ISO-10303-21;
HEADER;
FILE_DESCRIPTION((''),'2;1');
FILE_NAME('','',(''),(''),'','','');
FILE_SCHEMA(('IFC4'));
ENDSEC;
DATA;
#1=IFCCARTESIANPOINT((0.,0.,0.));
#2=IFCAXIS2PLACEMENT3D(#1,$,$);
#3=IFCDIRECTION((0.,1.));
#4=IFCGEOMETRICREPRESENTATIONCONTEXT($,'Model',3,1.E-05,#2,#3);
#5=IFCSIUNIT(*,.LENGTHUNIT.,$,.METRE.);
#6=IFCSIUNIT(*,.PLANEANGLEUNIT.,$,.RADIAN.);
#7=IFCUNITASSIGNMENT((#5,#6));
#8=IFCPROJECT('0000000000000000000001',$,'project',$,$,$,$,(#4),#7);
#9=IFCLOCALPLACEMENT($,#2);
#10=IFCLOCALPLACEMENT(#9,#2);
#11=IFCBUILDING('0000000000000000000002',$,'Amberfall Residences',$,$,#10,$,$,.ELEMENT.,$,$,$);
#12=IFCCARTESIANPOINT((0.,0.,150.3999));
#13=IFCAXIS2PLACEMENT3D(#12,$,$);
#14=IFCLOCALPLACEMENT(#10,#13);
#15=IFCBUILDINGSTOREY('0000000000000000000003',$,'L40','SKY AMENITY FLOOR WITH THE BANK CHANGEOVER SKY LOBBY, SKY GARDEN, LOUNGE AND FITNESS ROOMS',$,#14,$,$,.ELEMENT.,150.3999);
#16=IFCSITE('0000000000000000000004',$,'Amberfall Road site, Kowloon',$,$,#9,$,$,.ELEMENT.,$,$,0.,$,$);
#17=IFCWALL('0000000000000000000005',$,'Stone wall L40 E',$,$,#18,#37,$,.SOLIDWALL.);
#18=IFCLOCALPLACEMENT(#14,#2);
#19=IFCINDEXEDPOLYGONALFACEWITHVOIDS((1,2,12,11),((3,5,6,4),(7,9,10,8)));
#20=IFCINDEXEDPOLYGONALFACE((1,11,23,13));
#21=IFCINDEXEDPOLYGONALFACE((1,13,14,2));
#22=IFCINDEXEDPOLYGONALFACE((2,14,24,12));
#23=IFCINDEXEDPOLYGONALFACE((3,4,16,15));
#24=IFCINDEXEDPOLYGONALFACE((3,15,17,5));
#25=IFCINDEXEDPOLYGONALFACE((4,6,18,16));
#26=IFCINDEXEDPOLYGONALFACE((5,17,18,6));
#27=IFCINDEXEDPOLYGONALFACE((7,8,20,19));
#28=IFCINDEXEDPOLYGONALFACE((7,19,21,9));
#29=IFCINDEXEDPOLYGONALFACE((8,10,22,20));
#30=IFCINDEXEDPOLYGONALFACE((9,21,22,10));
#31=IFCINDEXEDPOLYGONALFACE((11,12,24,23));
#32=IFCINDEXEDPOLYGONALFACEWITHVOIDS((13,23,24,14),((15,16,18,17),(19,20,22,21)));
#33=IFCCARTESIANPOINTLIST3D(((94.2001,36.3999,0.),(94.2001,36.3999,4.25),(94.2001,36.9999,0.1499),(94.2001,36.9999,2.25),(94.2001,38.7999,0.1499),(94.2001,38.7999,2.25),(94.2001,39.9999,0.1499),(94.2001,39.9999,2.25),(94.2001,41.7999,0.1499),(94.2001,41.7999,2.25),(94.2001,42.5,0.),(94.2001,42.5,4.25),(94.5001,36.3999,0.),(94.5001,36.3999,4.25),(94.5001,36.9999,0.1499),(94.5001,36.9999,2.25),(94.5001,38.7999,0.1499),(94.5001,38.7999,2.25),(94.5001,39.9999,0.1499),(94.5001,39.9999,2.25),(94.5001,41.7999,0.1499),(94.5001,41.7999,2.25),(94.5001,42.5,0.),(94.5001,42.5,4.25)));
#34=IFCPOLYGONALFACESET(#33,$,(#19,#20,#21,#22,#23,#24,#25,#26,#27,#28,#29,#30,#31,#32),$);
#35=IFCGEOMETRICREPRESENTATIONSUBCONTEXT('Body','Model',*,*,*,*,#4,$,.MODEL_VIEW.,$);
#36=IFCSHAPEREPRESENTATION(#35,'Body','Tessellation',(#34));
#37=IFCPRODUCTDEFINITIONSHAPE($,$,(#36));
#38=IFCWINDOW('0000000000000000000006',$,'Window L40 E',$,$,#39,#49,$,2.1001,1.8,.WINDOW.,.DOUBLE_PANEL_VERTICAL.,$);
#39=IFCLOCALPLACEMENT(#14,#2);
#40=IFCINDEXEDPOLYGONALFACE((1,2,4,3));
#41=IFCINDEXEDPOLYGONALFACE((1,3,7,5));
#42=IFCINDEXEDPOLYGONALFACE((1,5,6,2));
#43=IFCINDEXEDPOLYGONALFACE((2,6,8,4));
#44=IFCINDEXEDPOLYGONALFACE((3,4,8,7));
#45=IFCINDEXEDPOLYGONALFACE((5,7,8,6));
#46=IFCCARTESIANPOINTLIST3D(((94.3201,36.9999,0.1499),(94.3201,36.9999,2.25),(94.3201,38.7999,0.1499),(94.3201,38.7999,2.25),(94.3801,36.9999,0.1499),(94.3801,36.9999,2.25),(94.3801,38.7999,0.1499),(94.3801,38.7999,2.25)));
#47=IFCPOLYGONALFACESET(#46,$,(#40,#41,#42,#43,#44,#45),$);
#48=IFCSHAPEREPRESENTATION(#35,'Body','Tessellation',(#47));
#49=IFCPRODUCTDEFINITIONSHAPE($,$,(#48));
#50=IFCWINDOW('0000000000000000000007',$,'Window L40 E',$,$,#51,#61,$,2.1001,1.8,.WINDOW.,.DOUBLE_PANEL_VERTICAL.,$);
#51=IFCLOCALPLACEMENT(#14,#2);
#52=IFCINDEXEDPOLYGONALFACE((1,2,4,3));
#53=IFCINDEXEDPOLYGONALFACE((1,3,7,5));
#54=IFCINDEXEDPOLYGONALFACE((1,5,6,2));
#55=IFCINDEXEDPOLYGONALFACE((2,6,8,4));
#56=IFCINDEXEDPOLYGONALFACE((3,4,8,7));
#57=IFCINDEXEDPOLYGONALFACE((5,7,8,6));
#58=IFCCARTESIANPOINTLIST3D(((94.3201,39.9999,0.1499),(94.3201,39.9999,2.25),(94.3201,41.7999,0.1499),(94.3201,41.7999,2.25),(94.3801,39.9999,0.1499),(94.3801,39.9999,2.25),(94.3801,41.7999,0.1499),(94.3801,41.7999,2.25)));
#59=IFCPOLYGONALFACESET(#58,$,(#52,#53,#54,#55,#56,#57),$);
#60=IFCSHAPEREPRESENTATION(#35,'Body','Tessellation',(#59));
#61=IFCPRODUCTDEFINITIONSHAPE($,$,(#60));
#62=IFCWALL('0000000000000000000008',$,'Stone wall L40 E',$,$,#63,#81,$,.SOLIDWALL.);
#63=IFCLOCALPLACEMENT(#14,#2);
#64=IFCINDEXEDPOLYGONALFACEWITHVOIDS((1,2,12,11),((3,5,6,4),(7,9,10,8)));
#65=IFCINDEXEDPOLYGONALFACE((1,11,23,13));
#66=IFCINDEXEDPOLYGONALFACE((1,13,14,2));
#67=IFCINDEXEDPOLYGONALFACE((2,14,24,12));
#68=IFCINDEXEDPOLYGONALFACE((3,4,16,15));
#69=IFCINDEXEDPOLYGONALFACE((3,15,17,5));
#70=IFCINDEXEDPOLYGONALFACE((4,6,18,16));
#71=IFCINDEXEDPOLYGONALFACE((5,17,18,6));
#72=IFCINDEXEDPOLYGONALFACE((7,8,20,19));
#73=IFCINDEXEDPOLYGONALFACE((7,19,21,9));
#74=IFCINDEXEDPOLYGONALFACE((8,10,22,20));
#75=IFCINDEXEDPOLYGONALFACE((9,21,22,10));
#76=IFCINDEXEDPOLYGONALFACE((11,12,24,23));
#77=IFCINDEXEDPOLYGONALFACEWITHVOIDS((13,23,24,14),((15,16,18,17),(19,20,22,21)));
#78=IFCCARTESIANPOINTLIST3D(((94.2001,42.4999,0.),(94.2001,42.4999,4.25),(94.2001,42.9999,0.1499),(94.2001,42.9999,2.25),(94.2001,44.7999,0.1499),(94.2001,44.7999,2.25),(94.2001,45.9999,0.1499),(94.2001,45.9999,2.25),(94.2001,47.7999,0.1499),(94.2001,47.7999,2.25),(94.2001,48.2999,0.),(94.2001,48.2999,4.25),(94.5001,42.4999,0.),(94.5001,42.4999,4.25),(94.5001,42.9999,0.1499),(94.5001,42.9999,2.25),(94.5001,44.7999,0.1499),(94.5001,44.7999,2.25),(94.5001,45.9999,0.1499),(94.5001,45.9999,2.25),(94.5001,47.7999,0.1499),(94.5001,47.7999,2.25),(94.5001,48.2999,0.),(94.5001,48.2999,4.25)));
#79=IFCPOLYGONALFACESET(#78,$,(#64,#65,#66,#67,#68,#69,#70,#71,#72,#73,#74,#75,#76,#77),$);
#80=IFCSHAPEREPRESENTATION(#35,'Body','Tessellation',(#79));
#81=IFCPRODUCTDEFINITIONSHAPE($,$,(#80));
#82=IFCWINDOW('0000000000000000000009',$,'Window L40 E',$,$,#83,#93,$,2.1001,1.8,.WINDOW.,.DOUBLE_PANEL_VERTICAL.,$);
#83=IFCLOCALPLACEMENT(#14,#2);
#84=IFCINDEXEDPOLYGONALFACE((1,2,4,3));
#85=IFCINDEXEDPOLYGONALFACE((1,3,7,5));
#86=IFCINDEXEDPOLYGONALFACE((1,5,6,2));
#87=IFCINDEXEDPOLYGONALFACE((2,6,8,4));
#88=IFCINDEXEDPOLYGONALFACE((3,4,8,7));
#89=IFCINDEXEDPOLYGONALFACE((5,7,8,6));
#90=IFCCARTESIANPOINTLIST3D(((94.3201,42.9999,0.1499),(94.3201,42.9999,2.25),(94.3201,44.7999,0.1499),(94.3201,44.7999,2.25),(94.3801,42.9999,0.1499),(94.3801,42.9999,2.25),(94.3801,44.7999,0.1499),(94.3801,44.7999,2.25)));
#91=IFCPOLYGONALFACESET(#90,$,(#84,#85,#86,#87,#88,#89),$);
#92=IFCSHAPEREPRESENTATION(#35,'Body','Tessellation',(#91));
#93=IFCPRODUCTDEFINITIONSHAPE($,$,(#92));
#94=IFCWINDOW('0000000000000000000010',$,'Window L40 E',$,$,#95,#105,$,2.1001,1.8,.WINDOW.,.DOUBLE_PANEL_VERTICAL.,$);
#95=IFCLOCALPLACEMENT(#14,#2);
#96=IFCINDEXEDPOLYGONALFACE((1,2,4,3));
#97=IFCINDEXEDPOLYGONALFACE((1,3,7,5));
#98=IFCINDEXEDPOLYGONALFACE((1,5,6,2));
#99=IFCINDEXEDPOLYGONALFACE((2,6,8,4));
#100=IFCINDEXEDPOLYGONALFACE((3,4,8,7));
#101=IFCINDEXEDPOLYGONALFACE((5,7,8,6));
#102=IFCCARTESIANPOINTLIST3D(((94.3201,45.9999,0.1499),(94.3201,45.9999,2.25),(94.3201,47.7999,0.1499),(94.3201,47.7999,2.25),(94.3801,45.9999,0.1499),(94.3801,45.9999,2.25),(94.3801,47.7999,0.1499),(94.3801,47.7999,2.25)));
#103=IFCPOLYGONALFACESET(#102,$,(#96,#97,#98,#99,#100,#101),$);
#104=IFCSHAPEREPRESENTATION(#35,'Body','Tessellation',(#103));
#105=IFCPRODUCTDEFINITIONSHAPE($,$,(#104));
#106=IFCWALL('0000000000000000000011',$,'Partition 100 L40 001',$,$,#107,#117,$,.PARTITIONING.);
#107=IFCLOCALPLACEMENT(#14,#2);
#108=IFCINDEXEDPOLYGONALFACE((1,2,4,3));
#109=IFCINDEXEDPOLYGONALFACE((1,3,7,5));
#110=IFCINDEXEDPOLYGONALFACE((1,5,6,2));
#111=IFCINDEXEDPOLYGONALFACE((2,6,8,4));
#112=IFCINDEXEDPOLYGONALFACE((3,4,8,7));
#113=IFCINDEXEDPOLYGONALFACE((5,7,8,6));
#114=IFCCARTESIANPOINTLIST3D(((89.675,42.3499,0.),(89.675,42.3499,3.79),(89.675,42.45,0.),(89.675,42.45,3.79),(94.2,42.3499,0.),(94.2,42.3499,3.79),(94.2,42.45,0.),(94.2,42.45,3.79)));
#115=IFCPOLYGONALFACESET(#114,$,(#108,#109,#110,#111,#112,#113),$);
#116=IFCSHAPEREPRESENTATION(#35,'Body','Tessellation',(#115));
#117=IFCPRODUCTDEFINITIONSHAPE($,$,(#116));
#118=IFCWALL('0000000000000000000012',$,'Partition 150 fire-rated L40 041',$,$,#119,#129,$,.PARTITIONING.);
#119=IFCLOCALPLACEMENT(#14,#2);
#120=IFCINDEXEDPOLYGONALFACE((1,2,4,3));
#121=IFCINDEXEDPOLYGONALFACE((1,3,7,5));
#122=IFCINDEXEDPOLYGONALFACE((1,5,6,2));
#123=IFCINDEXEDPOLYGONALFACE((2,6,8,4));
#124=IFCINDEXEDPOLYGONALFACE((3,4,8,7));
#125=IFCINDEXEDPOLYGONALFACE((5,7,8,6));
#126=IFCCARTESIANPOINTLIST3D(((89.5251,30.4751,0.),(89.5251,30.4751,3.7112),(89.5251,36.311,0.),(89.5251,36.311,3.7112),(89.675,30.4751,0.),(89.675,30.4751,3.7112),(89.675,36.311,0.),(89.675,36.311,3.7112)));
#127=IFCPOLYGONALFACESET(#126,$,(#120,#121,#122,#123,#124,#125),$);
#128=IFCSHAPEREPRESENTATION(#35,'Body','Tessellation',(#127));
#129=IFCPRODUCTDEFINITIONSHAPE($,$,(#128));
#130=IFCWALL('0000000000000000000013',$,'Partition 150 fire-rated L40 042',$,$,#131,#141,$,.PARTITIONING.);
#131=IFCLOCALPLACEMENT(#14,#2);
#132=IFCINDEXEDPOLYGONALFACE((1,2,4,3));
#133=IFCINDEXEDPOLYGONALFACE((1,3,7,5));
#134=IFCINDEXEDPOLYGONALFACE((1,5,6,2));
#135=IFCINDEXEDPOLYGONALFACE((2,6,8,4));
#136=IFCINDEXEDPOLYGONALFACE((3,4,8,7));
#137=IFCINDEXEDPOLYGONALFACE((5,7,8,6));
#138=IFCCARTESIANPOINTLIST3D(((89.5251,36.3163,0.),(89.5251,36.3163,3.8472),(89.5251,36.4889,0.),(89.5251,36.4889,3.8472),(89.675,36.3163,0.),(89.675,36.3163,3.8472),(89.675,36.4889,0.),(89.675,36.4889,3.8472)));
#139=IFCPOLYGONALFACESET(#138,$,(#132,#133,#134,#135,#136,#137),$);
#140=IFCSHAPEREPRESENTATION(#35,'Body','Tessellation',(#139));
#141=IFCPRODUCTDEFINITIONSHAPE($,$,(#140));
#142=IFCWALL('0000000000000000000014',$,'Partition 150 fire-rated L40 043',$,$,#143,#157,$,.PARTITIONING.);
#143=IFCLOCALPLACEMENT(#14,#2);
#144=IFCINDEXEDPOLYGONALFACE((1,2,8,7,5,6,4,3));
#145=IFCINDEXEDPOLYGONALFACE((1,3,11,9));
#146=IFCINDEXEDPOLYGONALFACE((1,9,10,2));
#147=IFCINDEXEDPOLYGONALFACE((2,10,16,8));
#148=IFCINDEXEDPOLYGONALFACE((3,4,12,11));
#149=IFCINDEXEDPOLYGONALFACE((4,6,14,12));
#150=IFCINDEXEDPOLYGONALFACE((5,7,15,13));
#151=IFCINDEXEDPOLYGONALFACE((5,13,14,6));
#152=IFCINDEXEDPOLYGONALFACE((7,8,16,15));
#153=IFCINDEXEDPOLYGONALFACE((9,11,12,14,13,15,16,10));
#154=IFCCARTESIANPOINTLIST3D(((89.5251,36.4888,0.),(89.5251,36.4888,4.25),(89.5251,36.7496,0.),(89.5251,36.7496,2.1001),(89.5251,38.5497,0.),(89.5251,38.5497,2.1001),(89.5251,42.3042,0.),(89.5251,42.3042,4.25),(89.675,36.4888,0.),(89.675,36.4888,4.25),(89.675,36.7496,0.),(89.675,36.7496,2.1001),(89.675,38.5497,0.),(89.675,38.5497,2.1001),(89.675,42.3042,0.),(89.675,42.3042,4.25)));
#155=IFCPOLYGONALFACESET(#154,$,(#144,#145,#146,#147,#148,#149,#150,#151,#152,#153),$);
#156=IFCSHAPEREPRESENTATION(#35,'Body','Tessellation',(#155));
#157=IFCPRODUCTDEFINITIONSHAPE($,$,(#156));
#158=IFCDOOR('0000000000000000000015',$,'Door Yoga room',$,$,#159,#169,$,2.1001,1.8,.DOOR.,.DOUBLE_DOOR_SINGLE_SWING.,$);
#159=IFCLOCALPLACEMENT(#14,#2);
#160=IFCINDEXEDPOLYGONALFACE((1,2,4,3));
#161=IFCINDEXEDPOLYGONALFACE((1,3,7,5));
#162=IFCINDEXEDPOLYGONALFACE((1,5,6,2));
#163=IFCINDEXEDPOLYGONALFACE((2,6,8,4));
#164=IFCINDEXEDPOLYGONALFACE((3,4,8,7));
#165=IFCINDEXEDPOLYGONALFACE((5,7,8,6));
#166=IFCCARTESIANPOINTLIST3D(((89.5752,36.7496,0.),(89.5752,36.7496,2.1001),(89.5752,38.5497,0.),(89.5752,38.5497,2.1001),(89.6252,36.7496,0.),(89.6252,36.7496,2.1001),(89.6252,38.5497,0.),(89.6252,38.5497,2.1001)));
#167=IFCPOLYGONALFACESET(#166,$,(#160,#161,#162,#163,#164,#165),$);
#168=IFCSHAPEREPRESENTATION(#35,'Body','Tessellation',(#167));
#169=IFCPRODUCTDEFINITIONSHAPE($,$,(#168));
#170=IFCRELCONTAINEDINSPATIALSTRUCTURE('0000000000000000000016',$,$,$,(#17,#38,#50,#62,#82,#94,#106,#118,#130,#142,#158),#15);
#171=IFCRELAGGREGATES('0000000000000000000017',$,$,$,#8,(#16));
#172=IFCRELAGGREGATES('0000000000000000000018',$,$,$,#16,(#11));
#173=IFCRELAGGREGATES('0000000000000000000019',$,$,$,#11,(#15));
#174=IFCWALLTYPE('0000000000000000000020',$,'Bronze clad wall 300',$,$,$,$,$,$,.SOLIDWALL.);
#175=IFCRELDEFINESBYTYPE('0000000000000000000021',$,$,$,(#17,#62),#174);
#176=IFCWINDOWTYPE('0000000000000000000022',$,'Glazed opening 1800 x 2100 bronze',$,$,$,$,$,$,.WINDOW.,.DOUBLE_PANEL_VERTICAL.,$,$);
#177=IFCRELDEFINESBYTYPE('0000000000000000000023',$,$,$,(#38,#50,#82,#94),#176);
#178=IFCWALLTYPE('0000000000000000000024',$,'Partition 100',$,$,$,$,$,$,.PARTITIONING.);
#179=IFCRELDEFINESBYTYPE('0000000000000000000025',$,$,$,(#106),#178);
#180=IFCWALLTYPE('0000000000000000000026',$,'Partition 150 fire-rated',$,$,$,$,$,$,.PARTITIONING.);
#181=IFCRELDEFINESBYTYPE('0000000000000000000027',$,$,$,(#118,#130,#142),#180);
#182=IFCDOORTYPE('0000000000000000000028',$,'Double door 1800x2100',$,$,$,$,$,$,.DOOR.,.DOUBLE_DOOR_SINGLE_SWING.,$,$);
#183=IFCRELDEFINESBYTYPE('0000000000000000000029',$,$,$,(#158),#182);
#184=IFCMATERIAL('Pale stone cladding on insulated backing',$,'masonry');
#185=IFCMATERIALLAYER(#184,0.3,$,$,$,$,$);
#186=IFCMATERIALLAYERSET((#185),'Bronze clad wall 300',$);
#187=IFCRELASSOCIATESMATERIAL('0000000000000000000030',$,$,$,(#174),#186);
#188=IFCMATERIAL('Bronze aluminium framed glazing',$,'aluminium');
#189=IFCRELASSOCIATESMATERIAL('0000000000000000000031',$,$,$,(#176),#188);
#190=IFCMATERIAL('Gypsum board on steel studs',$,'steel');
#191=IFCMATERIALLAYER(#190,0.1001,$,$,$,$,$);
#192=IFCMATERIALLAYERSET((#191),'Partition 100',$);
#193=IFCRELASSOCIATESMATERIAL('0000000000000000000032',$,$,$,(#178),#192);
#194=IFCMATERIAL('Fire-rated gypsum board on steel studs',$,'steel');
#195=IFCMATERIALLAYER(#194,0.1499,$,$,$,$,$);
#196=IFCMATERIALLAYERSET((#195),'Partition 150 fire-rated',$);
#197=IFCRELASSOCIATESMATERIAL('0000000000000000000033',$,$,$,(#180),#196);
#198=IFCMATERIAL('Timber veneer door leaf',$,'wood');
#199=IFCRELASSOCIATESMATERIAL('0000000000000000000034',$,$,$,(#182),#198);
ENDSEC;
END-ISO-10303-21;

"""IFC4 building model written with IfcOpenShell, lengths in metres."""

from ifc_helpers import new_model, si_unit, direction, frame, frame_2d, origin, place, context, subcontext, project, spatial, rectangle, extrude, material, layer, layer_set, type_object, element, fill, save


model = new_model("IFC4")

# Units and contexts
model_context = context("Model", 3, precision=1e-05, world=origin(), true_north=direction((0.0, 1.0)))
body_context = subcontext(model_context, "Body", "Model", "MODEL_VIEW")
ifc_project = project(units=[si_unit("LENGTHUNIT", "METRE"), si_unit("PLANEANGLEUNIT", "RADIAN")], contexts=[model_context])

# Site, building, storey
site_placement = place(None, origin())
site = spatial("IfcSite", under=ifc_project, at=site_placement, Name="Amberfall Road site, Kowloon", CompositionType="ELEMENT", RefElevation=0.0)
building_placement = place(site_placement, origin())
building = spatial("IfcBuilding", under=site, at=building_placement, Name="Amberfall Residences", CompositionType="ELEMENT")
storey_placement = place(building_placement, frame((0.0, 0.0, 150.3999)))
storey = spatial("IfcBuildingStorey", under=building, at=storey_placement, Name="L40", Description="SKY AMENITY FLOOR WITH THE BANK CHANGEOVER SKY LOBBY, SKY GARDEN, LOUNGE AND FITNESS ROOMS", CompositionType="ELEMENT", Elevation=150.3999)

# Shared definitions
ifc_material_1 = material(Name="Pale stone cladding on insulated backing", Category="masonry")
ifc_layer_1 = layer(ifc_material_1, 0.3)
ifc_layer_set_1 = layer_set([ifc_layer_1], Name="Bronze clad wall 300")
wall_type_1 = type_object("IfcWallType", Name="Bronze clad wall 300", PredefinedType="SOLIDWALL", material=ifc_layer_set_1)

# Walls, openings, windows
wall_1_placement = place(storey_placement, frame((94.3501, 36.3999, 0.0), z_axis=(0.0, 0.0, 1.0), x_axis=(0.0, 1.0, 0.0)))
wall_1 = element("IfcWall", 1, at=wall_1_placement, inside=storey, type_object=wall_type_1, Name="Stone wall L40 E", PredefinedType="SOLIDWALL", context=body_context, shape_type="SweptSolid", body=[
    extrude(rectangle(XDim=6.1001, YDim=0.3, at=frame_2d((3.05, 0.0))), origin(), (0.0, 0.0, 1.0), 4.25),
])
opening_1_placement = place(wall_1_placement, frame((0.6001, 0.0, 0.1499)))
opening_1 = element("IfcOpeningElement", 2, at=opening_1_placement, cuts=wall_1, PredefinedType="OPENING", context=body_context, shape_type="SweptSolid", body=[
    extrude(rectangle(XDim=1.8, YDim=2.1001, at=frame_2d((0.8999, 1.05))), frame((0.0, 0.1599, 0.0), z_axis=(0.0, -1.0, 0.0), x_axis=(1.0, 0.0, 0.0)), (0.0, 0.0, 1.0), 0.3201),
])
opening_2_placement = place(wall_1_placement, frame((3.6001, 0.0, 0.1499)))
opening_2 = element("IfcOpeningElement", 3, at=opening_2_placement, cuts=wall_1, PredefinedType="OPENING", context=body_context, shape_type="SweptSolid", body=[
    extrude(rectangle(XDim=1.8, YDim=2.1001, at=frame_2d((0.8999, 1.05))), frame((0.0, 0.1599, 0.0), z_axis=(0.0, -1.0, 0.0), x_axis=(1.0, 0.0, 0.0)), (0.0, 0.0, 1.0), 0.3201),
])
ifc_material_2 = material(Name="Bronze aluminium framed glazing", Category="aluminium")
window_type = type_object("IfcWindowType", Name="Glazed opening 1800 x 2100 bronze", PartitioningType="DOUBLE_PANEL_VERTICAL", PredefinedType="WINDOW", material=ifc_material_2)
window_1_placement = place(opening_1_placement, origin())
window_1 = element("IfcWindow", 4, at=window_1_placement, inside=storey, type_object=window_type, Name="Window L40 E", OverallHeight=2.1001, OverallWidth=1.8, PartitioningType="DOUBLE_PANEL_VERTICAL", PredefinedType="WINDOW", context=body_context, shape_type="SweptSolid", body=[
    extrude(rectangle(XDim=1.8, YDim=2.1001, at=frame_2d((0.8999, 1.05))), frame((0.0, 0.03, 0.0), z_axis=(0.0, -1.0, 0.0), x_axis=(1.0, 0.0, 0.0)), (0.0, 0.0, 1.0), 0.0601),
])
fill(opening_1, window_1)
window_2_placement = place(opening_2_placement, origin())
window_2 = element("IfcWindow", 5, at=window_2_placement, inside=storey, type_object=window_type, Name="Window L40 E", OverallHeight=2.1001, OverallWidth=1.8, PartitioningType="DOUBLE_PANEL_VERTICAL", PredefinedType="WINDOW", context=body_context, shape_type="SweptSolid", body=[
    extrude(rectangle(XDim=1.8, YDim=2.1001, at=frame_2d((0.8999, 1.05))), frame((0.0, 0.03, 0.0), z_axis=(0.0, -1.0, 0.0), x_axis=(1.0, 0.0, 0.0)), (0.0, 0.0, 1.0), 0.0601),
])
fill(opening_2, window_2)
wall_2_placement = place(storey_placement, frame((94.3501, 42.5, 0.0), z_axis=(0.0, 0.0, 1.0), x_axis=(0.0, 1.0, 0.0)))
wall_2 = element("IfcWall", 6, at=wall_2_placement, inside=storey, type_object=wall_type_1, Name="Stone wall L40 E", PredefinedType="SOLIDWALL", context=body_context, shape_type="SweptSolid", body=[
    extrude(rectangle(XDim=5.8, YDim=0.3, at=frame_2d((2.8999, 0.0))), origin(), (0.0, 0.0, 1.0), 4.25),
])
opening_3_placement = place(wall_2_placement, frame((0.5, 0.0, 0.1499)))
opening_3 = element("IfcOpeningElement", 7, at=opening_3_placement, cuts=wall_2, PredefinedType="OPENING", context=body_context, shape_type="SweptSolid", body=[
    extrude(rectangle(XDim=1.8, YDim=2.1001, at=frame_2d((0.8999, 1.05))), frame((0.0, 0.1599, 0.0), z_axis=(0.0, -1.0, 0.0), x_axis=(1.0, 0.0, 0.0)), (0.0, 0.0, 1.0), 0.3201),
])
opening_4_placement = place(wall_2_placement, frame((3.5, 0.0, 0.1499)))
opening_4 = element("IfcOpeningElement", 8, at=opening_4_placement, cuts=wall_2, PredefinedType="OPENING", context=body_context, shape_type="SweptSolid", body=[
    extrude(rectangle(XDim=1.8, YDim=2.1001, at=frame_2d((0.8999, 1.05))), frame((0.0, 0.1599, 0.0), z_axis=(0.0, -1.0, 0.0), x_axis=(1.0, 0.0, 0.0)), (0.0, 0.0, 1.0), 0.3201),
])
window_3_placement = place(opening_3_placement, origin())
window_3 = element("IfcWindow", 9, at=window_3_placement, inside=storey, type_object=window_type, Name="Window L40 E", OverallHeight=2.1001, OverallWidth=1.8, PartitioningType="DOUBLE_PANEL_VERTICAL", PredefinedType="WINDOW", context=body_context, shape_type="SweptSolid", body=[
    extrude(rectangle(XDim=1.8, YDim=2.1001, at=frame_2d((0.8999, 1.05))), frame((0.0, 0.03, 0.0), z_axis=(0.0, -1.0, 0.0), x_axis=(1.0, 0.0, 0.0)), (0.0, 0.0, 1.0), 0.0601),
])
fill(opening_3, window_3)
window_4_placement = place(opening_4_placement, origin())
window_4 = element("IfcWindow", 10, at=window_4_placement, inside=storey, type_object=window_type, Name="Window L40 E", OverallHeight=2.1001, OverallWidth=1.8, PartitioningType="DOUBLE_PANEL_VERTICAL", PredefinedType="WINDOW", context=body_context, shape_type="SweptSolid", body=[
    extrude(rectangle(XDim=1.8, YDim=2.1001, at=frame_2d((0.8999, 1.05))), frame((0.0, 0.03, 0.0), z_axis=(0.0, -1.0, 0.0), x_axis=(1.0, 0.0, 0.0)), (0.0, 0.0, 1.0), 0.0601),
])
fill(opening_4, window_4)

# Walls
ifc_material_3 = material(Name="Gypsum board on steel studs", Category="steel")
ifc_layer_2 = layer(ifc_material_3, 0.1001)
ifc_layer_set_2 = layer_set([ifc_layer_2], Name="Partition 100")
wall_type_2 = type_object("IfcWallType", Name="Partition 100", PredefinedType="PARTITIONING", material=ifc_layer_set_2)
wall_3_placement = place(storey_placement, frame((89.675, 42.3999, 0.0), z_axis=(0.0, 0.0, 1.0), x_axis=(1.0, 0.0, 0.0)))
element("IfcWall", 11, at=wall_3_placement, inside=storey, type_object=wall_type_2, Name="Partition 100 L40 001", PredefinedType="PARTITIONING", context=body_context, shape_type="SweptSolid", body=[
    extrude(rectangle(XDim=4.5249, YDim=0.1001, at=frame_2d((2.2625, 0.0))), origin(), (0.0, 0.0, 1.0), 3.79),
])
ifc_material_4 = material(Name="Fire-rated gypsum board on steel studs", Category="steel")
ifc_layer_3 = layer(ifc_material_4, 0.1499)
ifc_layer_set_3 = layer_set([ifc_layer_3], Name="Partition 150 fire-rated")
wall_type_3 = type_object("IfcWallType", Name="Partition 150 fire-rated", PredefinedType="PARTITIONING", material=ifc_layer_set_3)
wall_4_placement = place(storey_placement, frame((89.6001, 30.4751, 0.0), z_axis=(0.0, 0.0, 1.0), x_axis=(0.0, 1.0, 0.0)))
element("IfcWall", 12, at=wall_4_placement, inside=storey, type_object=wall_type_3, Name="Partition 150 fire-rated L40 041", PredefinedType="PARTITIONING", context=body_context, shape_type="SweptSolid", body=[
    extrude(rectangle(XDim=5.8359, YDim=0.1499, at=frame_2d((2.918, 0.0))), origin(), (0.0, 0.0, 1.0), 3.7112),
])
wall_5_placement = place(storey_placement, frame((89.6001, 36.3162, 0.0), z_axis=(0.0, 0.0, 1.0), x_axis=(0.0, 1.0, 0.0)))
element("IfcWall", 13, at=wall_5_placement, inside=storey, type_object=wall_type_3, Name="Partition 150 fire-rated L40 042", PredefinedType="PARTITIONING", context=body_context, shape_type="SweptSolid", body=[
    extrude(rectangle(XDim=0.1726, YDim=0.1499, at=frame_2d((0.0864, 0.0))), origin(), (0.0, 0.0, 1.0), 3.8472),
])

# Wall, opening, door
wall_6_placement = place(storey_placement, frame((89.6001, 36.4888, 0.0), z_axis=(0.0, 0.0, 1.0), x_axis=(0.0, 1.0, 0.0)))
wall_6 = element("IfcWall", 14, at=wall_6_placement, inside=storey, type_object=wall_type_3, Name="Partition 150 fire-rated L40 043", PredefinedType="PARTITIONING", context=body_context, shape_type="SweptSolid", body=[
    extrude(rectangle(XDim=5.8154, YDim=0.1499, at=frame_2d((2.9077, 0.0))), origin(), (0.0, 0.0, 1.0), 4.25),
])
opening_5_placement = place(wall_6_placement, frame((0.261, 0.0, 0.0)))
opening_5 = element("IfcOpeningElement", 15, at=opening_5_placement, cuts=wall_6, PredefinedType="OPENING", context=body_context, shape_type="SweptSolid", body=[
    extrude(rectangle(XDim=1.8, YDim=2.1001, at=frame_2d((0.8999, 1.05))), frame((0.0, 0.085, 0.0), z_axis=(0.0, -1.0, 0.0), x_axis=(1.0, 0.0, 0.0)), (0.0, 0.0, 1.0), 0.1699),
])
ifc_material_5 = material(Name="Timber veneer door leaf", Category="wood")
door_type = type_object("IfcDoorType", Name="Double door 1800x2100", OperationType="DOUBLE_DOOR_SINGLE_SWING", PredefinedType="DOOR", material=ifc_material_5)
door_placement = place(opening_5_placement, origin())
door = element("IfcDoor", 16, at=door_placement, inside=storey, type_object=door_type, Name="Door Yoga room", OperationType="DOUBLE_DOOR_SINGLE_SWING", OverallHeight=2.1001, OverallWidth=1.8, PredefinedType="DOOR", context=body_context, shape_type="SweptSolid", body=[
    extrude(rectangle(XDim=1.8, YDim=2.1001, at=frame_2d((0.8999, 1.05))), frame((0.0, 0.0249, 0.0), z_axis=(0.0, -1.0, 0.0), x_axis=(1.0, 0.0, 0.0)), (0.0, 0.0, 1.0), 0.05),
])
fill(opening_5, door)

save(model, "model.ifc")
